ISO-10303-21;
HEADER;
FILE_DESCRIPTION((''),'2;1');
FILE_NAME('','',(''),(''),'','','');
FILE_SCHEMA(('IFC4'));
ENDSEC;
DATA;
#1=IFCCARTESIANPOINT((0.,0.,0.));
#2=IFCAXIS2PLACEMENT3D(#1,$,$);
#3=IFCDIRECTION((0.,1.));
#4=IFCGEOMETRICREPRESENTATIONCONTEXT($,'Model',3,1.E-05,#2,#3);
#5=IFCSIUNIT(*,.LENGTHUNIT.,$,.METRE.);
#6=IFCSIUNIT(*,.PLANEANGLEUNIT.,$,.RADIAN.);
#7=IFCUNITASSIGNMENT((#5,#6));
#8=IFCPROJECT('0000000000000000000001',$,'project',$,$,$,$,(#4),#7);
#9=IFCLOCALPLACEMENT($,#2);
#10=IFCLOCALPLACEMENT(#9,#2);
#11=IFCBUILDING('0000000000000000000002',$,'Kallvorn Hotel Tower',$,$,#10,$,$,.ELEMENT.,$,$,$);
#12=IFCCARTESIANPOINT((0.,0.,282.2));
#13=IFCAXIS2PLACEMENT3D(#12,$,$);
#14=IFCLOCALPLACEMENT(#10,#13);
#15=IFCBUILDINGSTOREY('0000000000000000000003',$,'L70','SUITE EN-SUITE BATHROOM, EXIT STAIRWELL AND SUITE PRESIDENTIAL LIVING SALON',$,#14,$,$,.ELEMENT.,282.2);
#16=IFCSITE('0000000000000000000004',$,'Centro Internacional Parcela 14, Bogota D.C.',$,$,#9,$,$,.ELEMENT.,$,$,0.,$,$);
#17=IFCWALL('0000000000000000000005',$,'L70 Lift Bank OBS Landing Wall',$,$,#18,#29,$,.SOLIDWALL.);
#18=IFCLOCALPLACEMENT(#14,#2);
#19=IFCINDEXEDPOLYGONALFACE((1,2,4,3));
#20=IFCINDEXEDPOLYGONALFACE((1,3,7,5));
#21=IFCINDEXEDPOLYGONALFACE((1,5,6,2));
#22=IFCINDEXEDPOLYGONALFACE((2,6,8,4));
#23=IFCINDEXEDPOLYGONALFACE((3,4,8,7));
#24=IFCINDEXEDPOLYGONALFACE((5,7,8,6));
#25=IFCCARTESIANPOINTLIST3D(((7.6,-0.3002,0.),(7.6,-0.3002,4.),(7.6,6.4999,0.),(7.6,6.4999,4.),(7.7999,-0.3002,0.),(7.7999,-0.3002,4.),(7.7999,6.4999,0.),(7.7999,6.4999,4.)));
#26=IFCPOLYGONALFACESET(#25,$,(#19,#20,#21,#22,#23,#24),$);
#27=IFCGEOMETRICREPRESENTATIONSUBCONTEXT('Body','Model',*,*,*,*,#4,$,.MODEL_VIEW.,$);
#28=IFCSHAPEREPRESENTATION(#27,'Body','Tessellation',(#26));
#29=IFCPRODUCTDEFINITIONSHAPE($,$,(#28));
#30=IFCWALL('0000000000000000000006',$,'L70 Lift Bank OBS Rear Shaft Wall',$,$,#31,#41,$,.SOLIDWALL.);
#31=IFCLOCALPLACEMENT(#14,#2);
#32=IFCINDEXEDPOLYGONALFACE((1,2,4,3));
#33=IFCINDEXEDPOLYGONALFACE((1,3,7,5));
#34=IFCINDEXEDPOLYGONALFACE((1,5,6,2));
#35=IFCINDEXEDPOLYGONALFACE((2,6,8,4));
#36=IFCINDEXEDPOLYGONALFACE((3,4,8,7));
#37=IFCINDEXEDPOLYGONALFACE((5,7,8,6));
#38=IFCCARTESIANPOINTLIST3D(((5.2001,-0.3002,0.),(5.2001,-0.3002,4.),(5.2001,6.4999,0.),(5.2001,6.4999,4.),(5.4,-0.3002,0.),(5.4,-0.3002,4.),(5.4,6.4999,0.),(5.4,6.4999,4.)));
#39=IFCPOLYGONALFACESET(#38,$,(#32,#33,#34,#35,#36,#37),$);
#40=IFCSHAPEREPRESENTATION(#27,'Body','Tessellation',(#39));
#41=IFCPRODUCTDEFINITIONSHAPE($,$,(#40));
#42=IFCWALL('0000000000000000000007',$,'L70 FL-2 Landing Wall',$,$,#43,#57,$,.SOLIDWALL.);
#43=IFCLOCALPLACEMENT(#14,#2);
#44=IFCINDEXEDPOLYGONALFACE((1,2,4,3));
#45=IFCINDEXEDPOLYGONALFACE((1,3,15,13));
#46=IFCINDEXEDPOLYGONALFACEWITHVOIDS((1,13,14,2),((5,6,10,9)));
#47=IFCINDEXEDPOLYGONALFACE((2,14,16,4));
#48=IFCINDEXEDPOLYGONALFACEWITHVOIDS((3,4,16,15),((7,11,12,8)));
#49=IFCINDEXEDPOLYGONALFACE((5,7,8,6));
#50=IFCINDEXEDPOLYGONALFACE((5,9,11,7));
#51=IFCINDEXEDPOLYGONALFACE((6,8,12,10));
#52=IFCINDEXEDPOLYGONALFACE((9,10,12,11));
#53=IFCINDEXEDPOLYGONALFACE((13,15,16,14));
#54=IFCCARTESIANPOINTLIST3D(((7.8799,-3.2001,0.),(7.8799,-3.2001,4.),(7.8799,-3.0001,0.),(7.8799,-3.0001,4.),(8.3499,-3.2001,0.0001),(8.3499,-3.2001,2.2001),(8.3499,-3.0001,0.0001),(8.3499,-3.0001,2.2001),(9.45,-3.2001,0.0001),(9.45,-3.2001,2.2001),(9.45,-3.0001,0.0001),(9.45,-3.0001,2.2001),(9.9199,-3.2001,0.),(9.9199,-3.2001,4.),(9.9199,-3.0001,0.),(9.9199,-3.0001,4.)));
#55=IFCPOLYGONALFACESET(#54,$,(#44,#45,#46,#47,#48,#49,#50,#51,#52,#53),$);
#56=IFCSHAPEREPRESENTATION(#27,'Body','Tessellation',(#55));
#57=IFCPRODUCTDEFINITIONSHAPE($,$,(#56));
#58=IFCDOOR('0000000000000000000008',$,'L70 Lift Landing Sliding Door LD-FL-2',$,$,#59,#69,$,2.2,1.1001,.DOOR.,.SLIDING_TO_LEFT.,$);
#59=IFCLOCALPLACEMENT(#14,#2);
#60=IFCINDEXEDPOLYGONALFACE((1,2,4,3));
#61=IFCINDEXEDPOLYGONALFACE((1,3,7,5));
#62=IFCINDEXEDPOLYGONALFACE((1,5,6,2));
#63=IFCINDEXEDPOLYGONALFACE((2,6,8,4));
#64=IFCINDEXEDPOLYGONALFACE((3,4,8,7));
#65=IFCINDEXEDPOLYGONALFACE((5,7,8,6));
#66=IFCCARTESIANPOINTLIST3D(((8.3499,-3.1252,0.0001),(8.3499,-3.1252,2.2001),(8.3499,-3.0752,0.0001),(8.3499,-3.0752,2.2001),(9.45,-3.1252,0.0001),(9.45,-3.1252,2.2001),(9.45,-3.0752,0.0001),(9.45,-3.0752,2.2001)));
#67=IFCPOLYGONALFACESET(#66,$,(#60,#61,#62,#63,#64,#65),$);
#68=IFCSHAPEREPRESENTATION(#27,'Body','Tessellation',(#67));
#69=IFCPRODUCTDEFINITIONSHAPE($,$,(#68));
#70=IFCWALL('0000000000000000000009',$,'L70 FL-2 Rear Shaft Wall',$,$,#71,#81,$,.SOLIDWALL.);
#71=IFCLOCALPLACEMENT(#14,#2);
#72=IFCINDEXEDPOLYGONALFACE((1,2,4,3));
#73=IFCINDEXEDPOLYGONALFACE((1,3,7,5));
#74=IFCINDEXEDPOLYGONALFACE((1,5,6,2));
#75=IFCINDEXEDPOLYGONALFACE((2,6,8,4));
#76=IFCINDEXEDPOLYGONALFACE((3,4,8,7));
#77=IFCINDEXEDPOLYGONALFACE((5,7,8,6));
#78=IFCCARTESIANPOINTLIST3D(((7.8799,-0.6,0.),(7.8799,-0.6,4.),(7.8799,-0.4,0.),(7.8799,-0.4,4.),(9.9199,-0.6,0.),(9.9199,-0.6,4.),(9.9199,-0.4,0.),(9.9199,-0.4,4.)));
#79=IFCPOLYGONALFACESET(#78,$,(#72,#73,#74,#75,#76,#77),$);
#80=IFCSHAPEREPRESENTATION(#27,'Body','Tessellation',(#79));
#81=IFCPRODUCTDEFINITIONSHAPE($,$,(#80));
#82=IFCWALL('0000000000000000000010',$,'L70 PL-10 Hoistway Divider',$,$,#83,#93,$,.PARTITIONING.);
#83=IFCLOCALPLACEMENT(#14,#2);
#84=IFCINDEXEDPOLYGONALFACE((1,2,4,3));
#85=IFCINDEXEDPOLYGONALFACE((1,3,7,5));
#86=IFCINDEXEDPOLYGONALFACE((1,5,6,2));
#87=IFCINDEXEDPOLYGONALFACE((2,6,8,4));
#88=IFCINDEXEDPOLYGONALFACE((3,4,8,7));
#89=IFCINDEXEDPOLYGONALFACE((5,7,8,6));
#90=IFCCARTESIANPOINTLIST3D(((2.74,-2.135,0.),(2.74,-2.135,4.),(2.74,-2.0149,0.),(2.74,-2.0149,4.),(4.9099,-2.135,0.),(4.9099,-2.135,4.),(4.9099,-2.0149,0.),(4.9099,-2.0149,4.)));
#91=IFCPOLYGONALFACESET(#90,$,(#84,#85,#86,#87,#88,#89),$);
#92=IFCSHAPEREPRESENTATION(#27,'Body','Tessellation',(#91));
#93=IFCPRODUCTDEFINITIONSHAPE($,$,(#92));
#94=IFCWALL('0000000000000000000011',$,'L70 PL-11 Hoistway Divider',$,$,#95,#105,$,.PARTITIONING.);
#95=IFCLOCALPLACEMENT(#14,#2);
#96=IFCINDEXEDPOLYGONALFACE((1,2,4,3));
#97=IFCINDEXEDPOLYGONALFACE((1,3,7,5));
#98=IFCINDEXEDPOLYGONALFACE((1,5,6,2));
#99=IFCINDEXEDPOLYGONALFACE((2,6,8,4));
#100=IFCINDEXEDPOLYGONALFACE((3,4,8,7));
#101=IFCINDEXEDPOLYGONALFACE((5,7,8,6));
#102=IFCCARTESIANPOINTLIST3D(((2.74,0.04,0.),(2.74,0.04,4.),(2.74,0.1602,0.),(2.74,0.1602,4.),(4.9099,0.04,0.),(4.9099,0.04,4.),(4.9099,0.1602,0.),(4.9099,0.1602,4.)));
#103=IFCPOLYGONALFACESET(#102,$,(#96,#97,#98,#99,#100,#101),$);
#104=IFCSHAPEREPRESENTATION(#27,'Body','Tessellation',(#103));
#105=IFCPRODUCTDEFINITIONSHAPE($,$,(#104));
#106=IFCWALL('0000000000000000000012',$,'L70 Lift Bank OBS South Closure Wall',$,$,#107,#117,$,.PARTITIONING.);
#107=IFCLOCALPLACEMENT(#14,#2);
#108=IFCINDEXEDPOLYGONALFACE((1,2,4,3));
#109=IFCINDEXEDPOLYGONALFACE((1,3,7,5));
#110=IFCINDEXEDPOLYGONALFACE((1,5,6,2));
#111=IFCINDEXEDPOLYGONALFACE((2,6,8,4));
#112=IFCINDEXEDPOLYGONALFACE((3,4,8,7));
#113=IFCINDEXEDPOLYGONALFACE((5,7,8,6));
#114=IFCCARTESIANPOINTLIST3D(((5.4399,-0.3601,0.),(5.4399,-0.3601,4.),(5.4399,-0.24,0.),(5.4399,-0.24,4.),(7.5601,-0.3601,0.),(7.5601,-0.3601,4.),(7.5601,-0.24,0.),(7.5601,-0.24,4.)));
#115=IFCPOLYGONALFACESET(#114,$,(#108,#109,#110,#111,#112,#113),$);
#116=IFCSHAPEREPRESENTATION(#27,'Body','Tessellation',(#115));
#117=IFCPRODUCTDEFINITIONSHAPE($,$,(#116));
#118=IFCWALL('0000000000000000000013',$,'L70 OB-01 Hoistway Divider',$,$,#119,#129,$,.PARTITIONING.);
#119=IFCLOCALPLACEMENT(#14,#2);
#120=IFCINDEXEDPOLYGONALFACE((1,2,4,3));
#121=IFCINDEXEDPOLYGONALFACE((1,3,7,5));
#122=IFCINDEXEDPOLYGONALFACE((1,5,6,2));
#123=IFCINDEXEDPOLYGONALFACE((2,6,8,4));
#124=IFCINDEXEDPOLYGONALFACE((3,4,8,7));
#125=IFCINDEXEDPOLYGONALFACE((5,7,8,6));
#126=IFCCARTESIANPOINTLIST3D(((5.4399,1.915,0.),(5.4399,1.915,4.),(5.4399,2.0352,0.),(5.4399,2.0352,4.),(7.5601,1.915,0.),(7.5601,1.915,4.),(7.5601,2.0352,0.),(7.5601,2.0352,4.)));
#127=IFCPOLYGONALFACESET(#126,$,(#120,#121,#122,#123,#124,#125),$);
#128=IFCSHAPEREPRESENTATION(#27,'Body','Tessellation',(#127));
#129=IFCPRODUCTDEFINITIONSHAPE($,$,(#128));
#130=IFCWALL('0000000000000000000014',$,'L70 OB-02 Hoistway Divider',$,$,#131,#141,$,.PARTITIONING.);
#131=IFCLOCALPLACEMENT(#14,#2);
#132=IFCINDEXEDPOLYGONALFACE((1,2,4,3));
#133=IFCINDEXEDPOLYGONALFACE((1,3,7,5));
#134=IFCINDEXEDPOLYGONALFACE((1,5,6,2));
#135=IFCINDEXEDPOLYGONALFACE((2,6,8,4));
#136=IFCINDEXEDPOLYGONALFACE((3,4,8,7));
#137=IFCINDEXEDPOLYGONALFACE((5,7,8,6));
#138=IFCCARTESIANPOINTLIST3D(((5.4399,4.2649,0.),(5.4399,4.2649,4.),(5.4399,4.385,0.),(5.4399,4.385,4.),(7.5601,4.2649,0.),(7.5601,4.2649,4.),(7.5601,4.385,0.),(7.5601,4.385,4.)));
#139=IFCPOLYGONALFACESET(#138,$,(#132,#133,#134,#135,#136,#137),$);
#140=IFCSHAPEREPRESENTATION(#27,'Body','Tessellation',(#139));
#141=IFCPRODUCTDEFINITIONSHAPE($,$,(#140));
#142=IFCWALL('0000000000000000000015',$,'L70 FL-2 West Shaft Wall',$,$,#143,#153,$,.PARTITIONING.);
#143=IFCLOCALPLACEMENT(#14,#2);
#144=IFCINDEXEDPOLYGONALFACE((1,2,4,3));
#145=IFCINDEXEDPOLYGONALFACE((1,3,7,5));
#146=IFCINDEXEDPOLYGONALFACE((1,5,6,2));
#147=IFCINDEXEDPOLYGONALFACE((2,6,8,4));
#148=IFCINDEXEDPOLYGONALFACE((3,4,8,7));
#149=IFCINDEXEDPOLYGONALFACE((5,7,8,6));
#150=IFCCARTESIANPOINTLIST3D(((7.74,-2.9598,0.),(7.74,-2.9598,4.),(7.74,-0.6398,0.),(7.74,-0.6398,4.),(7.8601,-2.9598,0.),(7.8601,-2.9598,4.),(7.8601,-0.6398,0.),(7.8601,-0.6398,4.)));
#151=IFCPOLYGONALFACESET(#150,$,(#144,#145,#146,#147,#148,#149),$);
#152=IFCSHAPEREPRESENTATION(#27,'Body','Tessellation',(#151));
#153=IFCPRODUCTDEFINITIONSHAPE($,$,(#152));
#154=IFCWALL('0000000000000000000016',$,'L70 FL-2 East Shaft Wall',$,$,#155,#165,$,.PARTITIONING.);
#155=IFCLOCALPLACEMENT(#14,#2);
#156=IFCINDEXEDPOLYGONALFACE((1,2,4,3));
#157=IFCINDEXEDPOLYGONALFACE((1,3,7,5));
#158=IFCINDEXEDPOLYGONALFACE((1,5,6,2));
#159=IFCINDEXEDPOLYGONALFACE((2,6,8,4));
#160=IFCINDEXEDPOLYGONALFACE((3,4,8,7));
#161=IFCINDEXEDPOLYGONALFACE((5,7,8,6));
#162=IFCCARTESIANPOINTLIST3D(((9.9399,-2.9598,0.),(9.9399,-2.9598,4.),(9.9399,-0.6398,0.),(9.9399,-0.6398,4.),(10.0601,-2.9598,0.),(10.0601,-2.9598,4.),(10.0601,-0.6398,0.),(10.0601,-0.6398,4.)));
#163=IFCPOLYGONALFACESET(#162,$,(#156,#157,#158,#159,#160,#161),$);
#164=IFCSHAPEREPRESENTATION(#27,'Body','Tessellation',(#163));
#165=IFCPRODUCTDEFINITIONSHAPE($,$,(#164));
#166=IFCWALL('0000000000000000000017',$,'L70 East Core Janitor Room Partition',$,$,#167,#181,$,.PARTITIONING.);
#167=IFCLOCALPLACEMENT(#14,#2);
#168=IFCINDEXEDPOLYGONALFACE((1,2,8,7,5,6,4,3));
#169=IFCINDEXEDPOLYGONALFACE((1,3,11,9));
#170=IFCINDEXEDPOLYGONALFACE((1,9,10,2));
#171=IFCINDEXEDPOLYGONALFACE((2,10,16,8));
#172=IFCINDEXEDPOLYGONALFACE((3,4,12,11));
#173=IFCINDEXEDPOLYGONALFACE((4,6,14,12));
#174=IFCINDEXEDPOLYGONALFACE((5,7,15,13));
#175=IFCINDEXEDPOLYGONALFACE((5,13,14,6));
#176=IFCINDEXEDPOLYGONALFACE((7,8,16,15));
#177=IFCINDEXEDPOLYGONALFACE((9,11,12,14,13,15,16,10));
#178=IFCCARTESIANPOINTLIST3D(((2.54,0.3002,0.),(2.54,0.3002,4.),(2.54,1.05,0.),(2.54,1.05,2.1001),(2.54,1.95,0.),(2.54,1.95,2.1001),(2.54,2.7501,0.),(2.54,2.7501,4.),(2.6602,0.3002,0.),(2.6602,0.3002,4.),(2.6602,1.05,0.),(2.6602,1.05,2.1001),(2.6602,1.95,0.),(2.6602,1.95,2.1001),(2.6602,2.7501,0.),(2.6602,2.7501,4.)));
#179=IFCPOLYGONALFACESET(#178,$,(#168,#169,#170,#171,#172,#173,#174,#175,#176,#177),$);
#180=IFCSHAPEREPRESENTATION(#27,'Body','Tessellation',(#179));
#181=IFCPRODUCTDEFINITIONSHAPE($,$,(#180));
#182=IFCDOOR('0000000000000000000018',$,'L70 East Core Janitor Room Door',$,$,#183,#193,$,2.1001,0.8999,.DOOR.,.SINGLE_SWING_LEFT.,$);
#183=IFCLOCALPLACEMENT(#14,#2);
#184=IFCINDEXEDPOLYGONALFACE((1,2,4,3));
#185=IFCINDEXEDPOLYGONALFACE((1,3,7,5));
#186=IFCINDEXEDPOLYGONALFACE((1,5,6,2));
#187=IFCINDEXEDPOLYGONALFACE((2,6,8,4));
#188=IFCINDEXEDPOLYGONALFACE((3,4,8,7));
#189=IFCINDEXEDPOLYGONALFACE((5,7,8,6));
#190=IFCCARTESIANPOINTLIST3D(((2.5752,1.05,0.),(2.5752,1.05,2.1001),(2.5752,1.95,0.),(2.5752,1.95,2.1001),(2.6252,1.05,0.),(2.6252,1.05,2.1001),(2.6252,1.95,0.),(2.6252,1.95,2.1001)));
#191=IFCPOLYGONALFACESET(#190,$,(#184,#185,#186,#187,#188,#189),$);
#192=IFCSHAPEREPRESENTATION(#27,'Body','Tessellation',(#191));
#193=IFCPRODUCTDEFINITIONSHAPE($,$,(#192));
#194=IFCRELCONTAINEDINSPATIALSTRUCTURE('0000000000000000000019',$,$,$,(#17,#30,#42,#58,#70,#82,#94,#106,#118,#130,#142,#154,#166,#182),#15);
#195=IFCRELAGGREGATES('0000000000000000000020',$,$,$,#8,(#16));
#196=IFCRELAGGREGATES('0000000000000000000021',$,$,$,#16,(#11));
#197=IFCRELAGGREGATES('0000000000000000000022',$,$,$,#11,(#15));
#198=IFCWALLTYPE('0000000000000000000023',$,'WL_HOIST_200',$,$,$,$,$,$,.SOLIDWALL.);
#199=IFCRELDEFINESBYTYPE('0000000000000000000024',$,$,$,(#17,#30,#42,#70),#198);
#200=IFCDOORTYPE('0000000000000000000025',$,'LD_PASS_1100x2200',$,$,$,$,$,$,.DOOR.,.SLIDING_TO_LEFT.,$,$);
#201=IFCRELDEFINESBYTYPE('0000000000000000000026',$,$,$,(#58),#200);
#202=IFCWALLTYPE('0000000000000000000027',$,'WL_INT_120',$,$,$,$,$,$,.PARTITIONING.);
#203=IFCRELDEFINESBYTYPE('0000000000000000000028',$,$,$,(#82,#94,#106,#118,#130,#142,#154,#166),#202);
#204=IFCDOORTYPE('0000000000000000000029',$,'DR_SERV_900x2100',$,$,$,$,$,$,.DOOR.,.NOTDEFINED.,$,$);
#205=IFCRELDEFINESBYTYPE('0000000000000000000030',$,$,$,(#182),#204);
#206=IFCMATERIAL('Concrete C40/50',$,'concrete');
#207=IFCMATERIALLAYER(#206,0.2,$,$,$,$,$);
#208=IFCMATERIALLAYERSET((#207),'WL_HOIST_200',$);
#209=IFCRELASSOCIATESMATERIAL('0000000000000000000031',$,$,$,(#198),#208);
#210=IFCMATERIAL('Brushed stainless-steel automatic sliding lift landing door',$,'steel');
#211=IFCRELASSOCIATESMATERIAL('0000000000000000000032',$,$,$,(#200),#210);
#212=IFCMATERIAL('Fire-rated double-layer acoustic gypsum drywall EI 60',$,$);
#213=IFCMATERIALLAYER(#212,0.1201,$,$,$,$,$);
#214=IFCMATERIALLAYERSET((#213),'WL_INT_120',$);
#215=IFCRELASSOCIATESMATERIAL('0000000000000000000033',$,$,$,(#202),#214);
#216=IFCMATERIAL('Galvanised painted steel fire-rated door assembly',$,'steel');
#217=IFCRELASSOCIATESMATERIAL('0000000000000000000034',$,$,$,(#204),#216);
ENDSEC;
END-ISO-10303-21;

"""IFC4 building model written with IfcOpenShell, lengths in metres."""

from ifc_helpers import new_model, si_unit, direction, frame, frame_2d, origin, place, context, subcontext, project, spatial, rectangle, extrude, material, layer, layer_set, type_object, element, fill, save


model = new_model("IFC4")

# Units and contexts
model_context = context("Model", 3, precision=1e-05, world=origin(), true_north=direction((0.0, 1.0)))
body_context = subcontext(model_context, "Body", "Model", "MODEL_VIEW")
ifc_project = project(units=[si_unit("LENGTHUNIT", "METRE"), si_unit("PLANEANGLEUNIT", "RADIAN")], contexts=[model_context])

# Site, building, storey
site_placement = place(None, origin())
site = spatial("IfcSite", under=ifc_project, at=site_placement, Name="Centro Internacional Parcela 14, Bogota D.C.", CompositionType="ELEMENT", RefElevation=0.0)
building_placement = place(site_placement, origin())
building = spatial("IfcBuilding", under=site, at=building_placement, Name="Kallvorn Hotel Tower", CompositionType="ELEMENT")
storey_placement = place(building_placement, frame((0.0, 0.0, 282.2)))
storey = spatial("IfcBuildingStorey", under=building, at=storey_placement, Name="L70", Description="SUITE EN-SUITE BATHROOM, EXIT STAIRWELL AND SUITE PRESIDENTIAL LIVING SALON", CompositionType="ELEMENT", Elevation=282.2)

# Walls
ifc_material_1 = material(Name="Concrete C40/50", Category="concrete")
ifc_layer_1 = layer(ifc_material_1, 0.2)
ifc_layer_set_1 = layer_set([ifc_layer_1], Name="WL_HOIST_200")
wall_type_1 = type_object("IfcWallType", Name="WL_HOIST_200", PredefinedType="SOLIDWALL", material=ifc_layer_set_1)
for number, where, z_axis, x_axis, name in (
    (1, (7.7, -0.3, 0.0), (0.0, 0.0, 1.0), (0.0, 1.0, 0.0), "L70 Lift Bank OBS Landing Wall"),
    (2, (5.3, -0.3, 0.0), (0.0, 0.0, 1.0), (0.0, 1.0, 0.0), "L70 Lift Bank OBS Rear Shaft Wall"),
):
    element("IfcWall", number, at=place(storey_placement, frame(where, z_axis=z_axis, x_axis=x_axis)), inside=storey, type_object=wall_type_1, Name=name, PredefinedType="SOLIDWALL", context=body_context, shape_type="SweptSolid", body=[
        extrude(rectangle(XDim=6.8, YDim=0.2, at=frame_2d((3.3999, 0.0))), origin(), (0.0, 0.0, 1.0), 4.0),
    ])

# Wall, opening, door
wall_1_placement = place(storey_placement, frame((7.8799, -3.1001, 0.0), z_axis=(0.0, 0.0, 1.0), x_axis=(1.0, 0.0, 0.0)))
wall_1 = element("IfcWall", 3, at=wall_1_placement, inside=storey, type_object=wall_type_1, Name="L70 FL-2 Landing Wall", PredefinedType="SOLIDWALL", context=body_context, shape_type="SweptSolid", body=[
    extrude(rectangle(XDim=2.04, YDim=0.2, at=frame_2d((1.02, 0.0))), origin(), (0.0, 0.0, 1.0), 4.0),
])
opening_1_placement = place(wall_1_placement, frame((0.47, 0.0, 0.0)))
opening_1 = element("IfcOpeningElement", 4, at=opening_1_placement, cuts=wall_1, PredefinedType="OPENING", context=body_context, shape_type="SweptSolid", body=[
    extrude(rectangle(XDim=1.1001, YDim=2.2, at=frame_2d((0.55, 1.1001))), frame((0.0, 0.115, 0.0), z_axis=(0.0, -1.0, 0.0), x_axis=(1.0, 0.0, 0.0)), (0.0, 0.0, 1.0), 0.23),
])
ifc_material_2 = material(Name="Brushed stainless-steel automatic sliding lift landing door", Category="steel")
door_type_1 = type_object("IfcDoorType", Name="LD_PASS_1100x2200", OperationType="SLIDING_TO_LEFT", PredefinedType="DOOR", material=ifc_material_2)
door_1_placement = place(opening_1_placement, origin())
door_1 = element("IfcDoor", 5, at=door_1_placement, inside=storey, type_object=door_type_1, Name="L70 Lift Landing Sliding Door LD-FL-2", OperationType="SLIDING_TO_LEFT", OverallHeight=2.2, OverallWidth=1.1001, PredefinedType="DOOR", context=body_context, shape_type="SweptSolid", body=[
    extrude(rectangle(XDim=1.1001, YDim=2.2, at=frame_2d((0.55, 1.1001))), frame((0.0, 0.0249, 0.0), z_axis=(0.0, -1.0, 0.0), x_axis=(1.0, 0.0, 0.0)), (0.0, 0.0, 1.0), 0.05),
])
fill(opening_1, door_1)

# Walls
wall_2_placement = place(storey_placement, frame((7.8799, -0.5, 0.0), z_axis=(0.0, 0.0, 1.0), x_axis=(1.0, 0.0, 0.0)))
element("IfcWall", 6, at=wall_2_placement, inside=storey, type_object=wall_type_1, Name="L70 FL-2 Rear Shaft Wall", PredefinedType="SOLIDWALL", context=body_context, shape_type="SweptSolid", body=[
    extrude(rectangle(XDim=2.04, YDim=0.2, at=frame_2d((1.02, 0.0))), origin(), (0.0, 0.0, 1.0), 4.0),
])
ifc_material_3 = material(Name="Fire-rated double-layer acoustic gypsum drywall EI 60")
ifc_layer_2 = layer(ifc_material_3, 0.1201)
ifc_layer_set_2 = layer_set([ifc_layer_2], Name="WL_INT_120")
wall_type_2 = type_object("IfcWallType", Name="WL_INT_120", PredefinedType="PARTITIONING", material=ifc_layer_set_2)
for number, where, z_axis, x_axis, name in (
    (7, (2.74, -2.075, 0.0), (0.0, 0.0, 1.0), (1.0, 0.0, 0.0), "L70 PL-10 Hoistway Divider"),
    (8, (2.74, 0.1001, 0.0), (0.0, 0.0, 1.0), (1.0, 0.0, 0.0), "L70 PL-11 Hoistway Divider"),
):
    element("IfcWall", number, at=place(storey_placement, frame(where, z_axis=z_axis, x_axis=x_axis)), inside=storey, type_object=wall_type_2, Name=name, PredefinedType="PARTITIONING", context=body_context, shape_type="SweptSolid", body=[
        extrude(rectangle(XDim=2.1699, YDim=0.1201, at=frame_2d((1.085, 0.0))), origin(), (0.0, 0.0, 1.0), 4.0),
    ])
for number, where, z_axis, x_axis, name in (
    (9, (5.4399, -0.3, 0.0), (0.0, 0.0, 1.0), (1.0, 0.0, 0.0), "L70 Lift Bank OBS South Closure Wall"),
    (10, (5.4399, 1.9751, 0.0), (0.0, 0.0, 1.0), (1.0, 0.0, 0.0), "L70 OB-01 Hoistway Divider"),
    (11, (5.4399, 4.325, 0.0), (0.0, 0.0, 1.0), (1.0, 0.0, 0.0), "L70 OB-02 Hoistway Divider"),
):
    element("IfcWall", number, at=place(storey_placement, frame(where, z_axis=z_axis, x_axis=x_axis)), inside=storey, type_object=wall_type_2, Name=name, PredefinedType="PARTITIONING", context=body_context, shape_type="SweptSolid", body=[
        extrude(rectangle(XDim=2.1201, YDim=0.1201, at=frame_2d((1.0601, 0.0))), origin(), (0.0, 0.0, 1.0), 4.0),
    ])
for number, where, z_axis, x_axis, name in (
    (12, (7.8, -2.96, 0.0), (0.0, 0.0, 1.0), (0.0, 1.0, 0.0), "L70 FL-2 West Shaft Wall"),
    (13, (10.0, -2.96, 0.0), (0.0, 0.0, 1.0), (0.0, 1.0, 0.0), "L70 FL-2 East Shaft Wall"),
):
    element("IfcWall", number, at=place(storey_placement, frame(where, z_axis=z_axis, x_axis=x_axis)), inside=storey, type_object=wall_type_2, Name=name, PredefinedType="PARTITIONING", context=body_context, shape_type="SweptSolid", body=[
        extrude(rectangle(XDim=2.3201, YDim=0.1201, at=frame_2d((1.1602, 0.0))), origin(), (0.0, 0.0, 1.0), 4.0),
    ])

# Wall, opening, door
wall_3_placement = place(storey_placement, frame((2.6001, 0.3, 0.0), z_axis=(0.0, 0.0, 1.0), x_axis=(0.0, 1.0, 0.0)))
wall_3 = element("IfcWall", 14, at=wall_3_placement, inside=storey, type_object=wall_type_2, Name="L70 East Core Janitor Room Partition", PredefinedType="PARTITIONING", context=body_context, shape_type="SweptSolid", body=[
    extrude(rectangle(XDim=2.45, YDim=0.1201, at=frame_2d((1.2251, 0.0))), origin(), (0.0, 0.0, 1.0), 4.0),
])
opening_2_placement = place(wall_3_placement, frame((0.75, 0.0, 0.0)))
opening_2 = element("IfcOpeningElement", 15, at=opening_2_placement, cuts=wall_3, PredefinedType="OPENING", context=body_context, shape_type="SweptSolid", body=[
    extrude(rectangle(XDim=0.8999, YDim=2.1001, at=frame_2d((0.45, 1.05))), frame((0.0, 0.075, 0.0), z_axis=(0.0, -1.0, 0.0), x_axis=(1.0, 0.0, 0.0)), (0.0, 0.0, 1.0), 0.1501),
])
ifc_material_4 = material(Name="Galvanised painted steel fire-rated door assembly", Category="steel")
door_type_2 = type_object("IfcDoorType", Name="DR_SERV_900x2100", OperationType="NOTDEFINED", PredefinedType="DOOR", material=ifc_material_4)
door_2_placement = place(opening_2_placement, origin())
door_2 = element("IfcDoor", 16, at=door_2_placement, inside=storey, type_object=door_type_2, Name="L70 East Core Janitor Room Door", OperationType="SINGLE_SWING_LEFT", OverallHeight=2.1001, OverallWidth=0.8999, PredefinedType="DOOR", context=body_context, shape_type="SweptSolid", body=[
    extrude(rectangle(XDim=0.8999, YDim=2.1001, at=frame_2d((0.45, 1.05))), frame((0.0, 0.0249, 0.0), z_axis=(0.0, -1.0, 0.0), x_axis=(1.0, 0.0, 0.0)), (0.0, 0.0, 1.0), 0.05),
])
fill(opening_2, door_2)

save(model, "model.ifc")
